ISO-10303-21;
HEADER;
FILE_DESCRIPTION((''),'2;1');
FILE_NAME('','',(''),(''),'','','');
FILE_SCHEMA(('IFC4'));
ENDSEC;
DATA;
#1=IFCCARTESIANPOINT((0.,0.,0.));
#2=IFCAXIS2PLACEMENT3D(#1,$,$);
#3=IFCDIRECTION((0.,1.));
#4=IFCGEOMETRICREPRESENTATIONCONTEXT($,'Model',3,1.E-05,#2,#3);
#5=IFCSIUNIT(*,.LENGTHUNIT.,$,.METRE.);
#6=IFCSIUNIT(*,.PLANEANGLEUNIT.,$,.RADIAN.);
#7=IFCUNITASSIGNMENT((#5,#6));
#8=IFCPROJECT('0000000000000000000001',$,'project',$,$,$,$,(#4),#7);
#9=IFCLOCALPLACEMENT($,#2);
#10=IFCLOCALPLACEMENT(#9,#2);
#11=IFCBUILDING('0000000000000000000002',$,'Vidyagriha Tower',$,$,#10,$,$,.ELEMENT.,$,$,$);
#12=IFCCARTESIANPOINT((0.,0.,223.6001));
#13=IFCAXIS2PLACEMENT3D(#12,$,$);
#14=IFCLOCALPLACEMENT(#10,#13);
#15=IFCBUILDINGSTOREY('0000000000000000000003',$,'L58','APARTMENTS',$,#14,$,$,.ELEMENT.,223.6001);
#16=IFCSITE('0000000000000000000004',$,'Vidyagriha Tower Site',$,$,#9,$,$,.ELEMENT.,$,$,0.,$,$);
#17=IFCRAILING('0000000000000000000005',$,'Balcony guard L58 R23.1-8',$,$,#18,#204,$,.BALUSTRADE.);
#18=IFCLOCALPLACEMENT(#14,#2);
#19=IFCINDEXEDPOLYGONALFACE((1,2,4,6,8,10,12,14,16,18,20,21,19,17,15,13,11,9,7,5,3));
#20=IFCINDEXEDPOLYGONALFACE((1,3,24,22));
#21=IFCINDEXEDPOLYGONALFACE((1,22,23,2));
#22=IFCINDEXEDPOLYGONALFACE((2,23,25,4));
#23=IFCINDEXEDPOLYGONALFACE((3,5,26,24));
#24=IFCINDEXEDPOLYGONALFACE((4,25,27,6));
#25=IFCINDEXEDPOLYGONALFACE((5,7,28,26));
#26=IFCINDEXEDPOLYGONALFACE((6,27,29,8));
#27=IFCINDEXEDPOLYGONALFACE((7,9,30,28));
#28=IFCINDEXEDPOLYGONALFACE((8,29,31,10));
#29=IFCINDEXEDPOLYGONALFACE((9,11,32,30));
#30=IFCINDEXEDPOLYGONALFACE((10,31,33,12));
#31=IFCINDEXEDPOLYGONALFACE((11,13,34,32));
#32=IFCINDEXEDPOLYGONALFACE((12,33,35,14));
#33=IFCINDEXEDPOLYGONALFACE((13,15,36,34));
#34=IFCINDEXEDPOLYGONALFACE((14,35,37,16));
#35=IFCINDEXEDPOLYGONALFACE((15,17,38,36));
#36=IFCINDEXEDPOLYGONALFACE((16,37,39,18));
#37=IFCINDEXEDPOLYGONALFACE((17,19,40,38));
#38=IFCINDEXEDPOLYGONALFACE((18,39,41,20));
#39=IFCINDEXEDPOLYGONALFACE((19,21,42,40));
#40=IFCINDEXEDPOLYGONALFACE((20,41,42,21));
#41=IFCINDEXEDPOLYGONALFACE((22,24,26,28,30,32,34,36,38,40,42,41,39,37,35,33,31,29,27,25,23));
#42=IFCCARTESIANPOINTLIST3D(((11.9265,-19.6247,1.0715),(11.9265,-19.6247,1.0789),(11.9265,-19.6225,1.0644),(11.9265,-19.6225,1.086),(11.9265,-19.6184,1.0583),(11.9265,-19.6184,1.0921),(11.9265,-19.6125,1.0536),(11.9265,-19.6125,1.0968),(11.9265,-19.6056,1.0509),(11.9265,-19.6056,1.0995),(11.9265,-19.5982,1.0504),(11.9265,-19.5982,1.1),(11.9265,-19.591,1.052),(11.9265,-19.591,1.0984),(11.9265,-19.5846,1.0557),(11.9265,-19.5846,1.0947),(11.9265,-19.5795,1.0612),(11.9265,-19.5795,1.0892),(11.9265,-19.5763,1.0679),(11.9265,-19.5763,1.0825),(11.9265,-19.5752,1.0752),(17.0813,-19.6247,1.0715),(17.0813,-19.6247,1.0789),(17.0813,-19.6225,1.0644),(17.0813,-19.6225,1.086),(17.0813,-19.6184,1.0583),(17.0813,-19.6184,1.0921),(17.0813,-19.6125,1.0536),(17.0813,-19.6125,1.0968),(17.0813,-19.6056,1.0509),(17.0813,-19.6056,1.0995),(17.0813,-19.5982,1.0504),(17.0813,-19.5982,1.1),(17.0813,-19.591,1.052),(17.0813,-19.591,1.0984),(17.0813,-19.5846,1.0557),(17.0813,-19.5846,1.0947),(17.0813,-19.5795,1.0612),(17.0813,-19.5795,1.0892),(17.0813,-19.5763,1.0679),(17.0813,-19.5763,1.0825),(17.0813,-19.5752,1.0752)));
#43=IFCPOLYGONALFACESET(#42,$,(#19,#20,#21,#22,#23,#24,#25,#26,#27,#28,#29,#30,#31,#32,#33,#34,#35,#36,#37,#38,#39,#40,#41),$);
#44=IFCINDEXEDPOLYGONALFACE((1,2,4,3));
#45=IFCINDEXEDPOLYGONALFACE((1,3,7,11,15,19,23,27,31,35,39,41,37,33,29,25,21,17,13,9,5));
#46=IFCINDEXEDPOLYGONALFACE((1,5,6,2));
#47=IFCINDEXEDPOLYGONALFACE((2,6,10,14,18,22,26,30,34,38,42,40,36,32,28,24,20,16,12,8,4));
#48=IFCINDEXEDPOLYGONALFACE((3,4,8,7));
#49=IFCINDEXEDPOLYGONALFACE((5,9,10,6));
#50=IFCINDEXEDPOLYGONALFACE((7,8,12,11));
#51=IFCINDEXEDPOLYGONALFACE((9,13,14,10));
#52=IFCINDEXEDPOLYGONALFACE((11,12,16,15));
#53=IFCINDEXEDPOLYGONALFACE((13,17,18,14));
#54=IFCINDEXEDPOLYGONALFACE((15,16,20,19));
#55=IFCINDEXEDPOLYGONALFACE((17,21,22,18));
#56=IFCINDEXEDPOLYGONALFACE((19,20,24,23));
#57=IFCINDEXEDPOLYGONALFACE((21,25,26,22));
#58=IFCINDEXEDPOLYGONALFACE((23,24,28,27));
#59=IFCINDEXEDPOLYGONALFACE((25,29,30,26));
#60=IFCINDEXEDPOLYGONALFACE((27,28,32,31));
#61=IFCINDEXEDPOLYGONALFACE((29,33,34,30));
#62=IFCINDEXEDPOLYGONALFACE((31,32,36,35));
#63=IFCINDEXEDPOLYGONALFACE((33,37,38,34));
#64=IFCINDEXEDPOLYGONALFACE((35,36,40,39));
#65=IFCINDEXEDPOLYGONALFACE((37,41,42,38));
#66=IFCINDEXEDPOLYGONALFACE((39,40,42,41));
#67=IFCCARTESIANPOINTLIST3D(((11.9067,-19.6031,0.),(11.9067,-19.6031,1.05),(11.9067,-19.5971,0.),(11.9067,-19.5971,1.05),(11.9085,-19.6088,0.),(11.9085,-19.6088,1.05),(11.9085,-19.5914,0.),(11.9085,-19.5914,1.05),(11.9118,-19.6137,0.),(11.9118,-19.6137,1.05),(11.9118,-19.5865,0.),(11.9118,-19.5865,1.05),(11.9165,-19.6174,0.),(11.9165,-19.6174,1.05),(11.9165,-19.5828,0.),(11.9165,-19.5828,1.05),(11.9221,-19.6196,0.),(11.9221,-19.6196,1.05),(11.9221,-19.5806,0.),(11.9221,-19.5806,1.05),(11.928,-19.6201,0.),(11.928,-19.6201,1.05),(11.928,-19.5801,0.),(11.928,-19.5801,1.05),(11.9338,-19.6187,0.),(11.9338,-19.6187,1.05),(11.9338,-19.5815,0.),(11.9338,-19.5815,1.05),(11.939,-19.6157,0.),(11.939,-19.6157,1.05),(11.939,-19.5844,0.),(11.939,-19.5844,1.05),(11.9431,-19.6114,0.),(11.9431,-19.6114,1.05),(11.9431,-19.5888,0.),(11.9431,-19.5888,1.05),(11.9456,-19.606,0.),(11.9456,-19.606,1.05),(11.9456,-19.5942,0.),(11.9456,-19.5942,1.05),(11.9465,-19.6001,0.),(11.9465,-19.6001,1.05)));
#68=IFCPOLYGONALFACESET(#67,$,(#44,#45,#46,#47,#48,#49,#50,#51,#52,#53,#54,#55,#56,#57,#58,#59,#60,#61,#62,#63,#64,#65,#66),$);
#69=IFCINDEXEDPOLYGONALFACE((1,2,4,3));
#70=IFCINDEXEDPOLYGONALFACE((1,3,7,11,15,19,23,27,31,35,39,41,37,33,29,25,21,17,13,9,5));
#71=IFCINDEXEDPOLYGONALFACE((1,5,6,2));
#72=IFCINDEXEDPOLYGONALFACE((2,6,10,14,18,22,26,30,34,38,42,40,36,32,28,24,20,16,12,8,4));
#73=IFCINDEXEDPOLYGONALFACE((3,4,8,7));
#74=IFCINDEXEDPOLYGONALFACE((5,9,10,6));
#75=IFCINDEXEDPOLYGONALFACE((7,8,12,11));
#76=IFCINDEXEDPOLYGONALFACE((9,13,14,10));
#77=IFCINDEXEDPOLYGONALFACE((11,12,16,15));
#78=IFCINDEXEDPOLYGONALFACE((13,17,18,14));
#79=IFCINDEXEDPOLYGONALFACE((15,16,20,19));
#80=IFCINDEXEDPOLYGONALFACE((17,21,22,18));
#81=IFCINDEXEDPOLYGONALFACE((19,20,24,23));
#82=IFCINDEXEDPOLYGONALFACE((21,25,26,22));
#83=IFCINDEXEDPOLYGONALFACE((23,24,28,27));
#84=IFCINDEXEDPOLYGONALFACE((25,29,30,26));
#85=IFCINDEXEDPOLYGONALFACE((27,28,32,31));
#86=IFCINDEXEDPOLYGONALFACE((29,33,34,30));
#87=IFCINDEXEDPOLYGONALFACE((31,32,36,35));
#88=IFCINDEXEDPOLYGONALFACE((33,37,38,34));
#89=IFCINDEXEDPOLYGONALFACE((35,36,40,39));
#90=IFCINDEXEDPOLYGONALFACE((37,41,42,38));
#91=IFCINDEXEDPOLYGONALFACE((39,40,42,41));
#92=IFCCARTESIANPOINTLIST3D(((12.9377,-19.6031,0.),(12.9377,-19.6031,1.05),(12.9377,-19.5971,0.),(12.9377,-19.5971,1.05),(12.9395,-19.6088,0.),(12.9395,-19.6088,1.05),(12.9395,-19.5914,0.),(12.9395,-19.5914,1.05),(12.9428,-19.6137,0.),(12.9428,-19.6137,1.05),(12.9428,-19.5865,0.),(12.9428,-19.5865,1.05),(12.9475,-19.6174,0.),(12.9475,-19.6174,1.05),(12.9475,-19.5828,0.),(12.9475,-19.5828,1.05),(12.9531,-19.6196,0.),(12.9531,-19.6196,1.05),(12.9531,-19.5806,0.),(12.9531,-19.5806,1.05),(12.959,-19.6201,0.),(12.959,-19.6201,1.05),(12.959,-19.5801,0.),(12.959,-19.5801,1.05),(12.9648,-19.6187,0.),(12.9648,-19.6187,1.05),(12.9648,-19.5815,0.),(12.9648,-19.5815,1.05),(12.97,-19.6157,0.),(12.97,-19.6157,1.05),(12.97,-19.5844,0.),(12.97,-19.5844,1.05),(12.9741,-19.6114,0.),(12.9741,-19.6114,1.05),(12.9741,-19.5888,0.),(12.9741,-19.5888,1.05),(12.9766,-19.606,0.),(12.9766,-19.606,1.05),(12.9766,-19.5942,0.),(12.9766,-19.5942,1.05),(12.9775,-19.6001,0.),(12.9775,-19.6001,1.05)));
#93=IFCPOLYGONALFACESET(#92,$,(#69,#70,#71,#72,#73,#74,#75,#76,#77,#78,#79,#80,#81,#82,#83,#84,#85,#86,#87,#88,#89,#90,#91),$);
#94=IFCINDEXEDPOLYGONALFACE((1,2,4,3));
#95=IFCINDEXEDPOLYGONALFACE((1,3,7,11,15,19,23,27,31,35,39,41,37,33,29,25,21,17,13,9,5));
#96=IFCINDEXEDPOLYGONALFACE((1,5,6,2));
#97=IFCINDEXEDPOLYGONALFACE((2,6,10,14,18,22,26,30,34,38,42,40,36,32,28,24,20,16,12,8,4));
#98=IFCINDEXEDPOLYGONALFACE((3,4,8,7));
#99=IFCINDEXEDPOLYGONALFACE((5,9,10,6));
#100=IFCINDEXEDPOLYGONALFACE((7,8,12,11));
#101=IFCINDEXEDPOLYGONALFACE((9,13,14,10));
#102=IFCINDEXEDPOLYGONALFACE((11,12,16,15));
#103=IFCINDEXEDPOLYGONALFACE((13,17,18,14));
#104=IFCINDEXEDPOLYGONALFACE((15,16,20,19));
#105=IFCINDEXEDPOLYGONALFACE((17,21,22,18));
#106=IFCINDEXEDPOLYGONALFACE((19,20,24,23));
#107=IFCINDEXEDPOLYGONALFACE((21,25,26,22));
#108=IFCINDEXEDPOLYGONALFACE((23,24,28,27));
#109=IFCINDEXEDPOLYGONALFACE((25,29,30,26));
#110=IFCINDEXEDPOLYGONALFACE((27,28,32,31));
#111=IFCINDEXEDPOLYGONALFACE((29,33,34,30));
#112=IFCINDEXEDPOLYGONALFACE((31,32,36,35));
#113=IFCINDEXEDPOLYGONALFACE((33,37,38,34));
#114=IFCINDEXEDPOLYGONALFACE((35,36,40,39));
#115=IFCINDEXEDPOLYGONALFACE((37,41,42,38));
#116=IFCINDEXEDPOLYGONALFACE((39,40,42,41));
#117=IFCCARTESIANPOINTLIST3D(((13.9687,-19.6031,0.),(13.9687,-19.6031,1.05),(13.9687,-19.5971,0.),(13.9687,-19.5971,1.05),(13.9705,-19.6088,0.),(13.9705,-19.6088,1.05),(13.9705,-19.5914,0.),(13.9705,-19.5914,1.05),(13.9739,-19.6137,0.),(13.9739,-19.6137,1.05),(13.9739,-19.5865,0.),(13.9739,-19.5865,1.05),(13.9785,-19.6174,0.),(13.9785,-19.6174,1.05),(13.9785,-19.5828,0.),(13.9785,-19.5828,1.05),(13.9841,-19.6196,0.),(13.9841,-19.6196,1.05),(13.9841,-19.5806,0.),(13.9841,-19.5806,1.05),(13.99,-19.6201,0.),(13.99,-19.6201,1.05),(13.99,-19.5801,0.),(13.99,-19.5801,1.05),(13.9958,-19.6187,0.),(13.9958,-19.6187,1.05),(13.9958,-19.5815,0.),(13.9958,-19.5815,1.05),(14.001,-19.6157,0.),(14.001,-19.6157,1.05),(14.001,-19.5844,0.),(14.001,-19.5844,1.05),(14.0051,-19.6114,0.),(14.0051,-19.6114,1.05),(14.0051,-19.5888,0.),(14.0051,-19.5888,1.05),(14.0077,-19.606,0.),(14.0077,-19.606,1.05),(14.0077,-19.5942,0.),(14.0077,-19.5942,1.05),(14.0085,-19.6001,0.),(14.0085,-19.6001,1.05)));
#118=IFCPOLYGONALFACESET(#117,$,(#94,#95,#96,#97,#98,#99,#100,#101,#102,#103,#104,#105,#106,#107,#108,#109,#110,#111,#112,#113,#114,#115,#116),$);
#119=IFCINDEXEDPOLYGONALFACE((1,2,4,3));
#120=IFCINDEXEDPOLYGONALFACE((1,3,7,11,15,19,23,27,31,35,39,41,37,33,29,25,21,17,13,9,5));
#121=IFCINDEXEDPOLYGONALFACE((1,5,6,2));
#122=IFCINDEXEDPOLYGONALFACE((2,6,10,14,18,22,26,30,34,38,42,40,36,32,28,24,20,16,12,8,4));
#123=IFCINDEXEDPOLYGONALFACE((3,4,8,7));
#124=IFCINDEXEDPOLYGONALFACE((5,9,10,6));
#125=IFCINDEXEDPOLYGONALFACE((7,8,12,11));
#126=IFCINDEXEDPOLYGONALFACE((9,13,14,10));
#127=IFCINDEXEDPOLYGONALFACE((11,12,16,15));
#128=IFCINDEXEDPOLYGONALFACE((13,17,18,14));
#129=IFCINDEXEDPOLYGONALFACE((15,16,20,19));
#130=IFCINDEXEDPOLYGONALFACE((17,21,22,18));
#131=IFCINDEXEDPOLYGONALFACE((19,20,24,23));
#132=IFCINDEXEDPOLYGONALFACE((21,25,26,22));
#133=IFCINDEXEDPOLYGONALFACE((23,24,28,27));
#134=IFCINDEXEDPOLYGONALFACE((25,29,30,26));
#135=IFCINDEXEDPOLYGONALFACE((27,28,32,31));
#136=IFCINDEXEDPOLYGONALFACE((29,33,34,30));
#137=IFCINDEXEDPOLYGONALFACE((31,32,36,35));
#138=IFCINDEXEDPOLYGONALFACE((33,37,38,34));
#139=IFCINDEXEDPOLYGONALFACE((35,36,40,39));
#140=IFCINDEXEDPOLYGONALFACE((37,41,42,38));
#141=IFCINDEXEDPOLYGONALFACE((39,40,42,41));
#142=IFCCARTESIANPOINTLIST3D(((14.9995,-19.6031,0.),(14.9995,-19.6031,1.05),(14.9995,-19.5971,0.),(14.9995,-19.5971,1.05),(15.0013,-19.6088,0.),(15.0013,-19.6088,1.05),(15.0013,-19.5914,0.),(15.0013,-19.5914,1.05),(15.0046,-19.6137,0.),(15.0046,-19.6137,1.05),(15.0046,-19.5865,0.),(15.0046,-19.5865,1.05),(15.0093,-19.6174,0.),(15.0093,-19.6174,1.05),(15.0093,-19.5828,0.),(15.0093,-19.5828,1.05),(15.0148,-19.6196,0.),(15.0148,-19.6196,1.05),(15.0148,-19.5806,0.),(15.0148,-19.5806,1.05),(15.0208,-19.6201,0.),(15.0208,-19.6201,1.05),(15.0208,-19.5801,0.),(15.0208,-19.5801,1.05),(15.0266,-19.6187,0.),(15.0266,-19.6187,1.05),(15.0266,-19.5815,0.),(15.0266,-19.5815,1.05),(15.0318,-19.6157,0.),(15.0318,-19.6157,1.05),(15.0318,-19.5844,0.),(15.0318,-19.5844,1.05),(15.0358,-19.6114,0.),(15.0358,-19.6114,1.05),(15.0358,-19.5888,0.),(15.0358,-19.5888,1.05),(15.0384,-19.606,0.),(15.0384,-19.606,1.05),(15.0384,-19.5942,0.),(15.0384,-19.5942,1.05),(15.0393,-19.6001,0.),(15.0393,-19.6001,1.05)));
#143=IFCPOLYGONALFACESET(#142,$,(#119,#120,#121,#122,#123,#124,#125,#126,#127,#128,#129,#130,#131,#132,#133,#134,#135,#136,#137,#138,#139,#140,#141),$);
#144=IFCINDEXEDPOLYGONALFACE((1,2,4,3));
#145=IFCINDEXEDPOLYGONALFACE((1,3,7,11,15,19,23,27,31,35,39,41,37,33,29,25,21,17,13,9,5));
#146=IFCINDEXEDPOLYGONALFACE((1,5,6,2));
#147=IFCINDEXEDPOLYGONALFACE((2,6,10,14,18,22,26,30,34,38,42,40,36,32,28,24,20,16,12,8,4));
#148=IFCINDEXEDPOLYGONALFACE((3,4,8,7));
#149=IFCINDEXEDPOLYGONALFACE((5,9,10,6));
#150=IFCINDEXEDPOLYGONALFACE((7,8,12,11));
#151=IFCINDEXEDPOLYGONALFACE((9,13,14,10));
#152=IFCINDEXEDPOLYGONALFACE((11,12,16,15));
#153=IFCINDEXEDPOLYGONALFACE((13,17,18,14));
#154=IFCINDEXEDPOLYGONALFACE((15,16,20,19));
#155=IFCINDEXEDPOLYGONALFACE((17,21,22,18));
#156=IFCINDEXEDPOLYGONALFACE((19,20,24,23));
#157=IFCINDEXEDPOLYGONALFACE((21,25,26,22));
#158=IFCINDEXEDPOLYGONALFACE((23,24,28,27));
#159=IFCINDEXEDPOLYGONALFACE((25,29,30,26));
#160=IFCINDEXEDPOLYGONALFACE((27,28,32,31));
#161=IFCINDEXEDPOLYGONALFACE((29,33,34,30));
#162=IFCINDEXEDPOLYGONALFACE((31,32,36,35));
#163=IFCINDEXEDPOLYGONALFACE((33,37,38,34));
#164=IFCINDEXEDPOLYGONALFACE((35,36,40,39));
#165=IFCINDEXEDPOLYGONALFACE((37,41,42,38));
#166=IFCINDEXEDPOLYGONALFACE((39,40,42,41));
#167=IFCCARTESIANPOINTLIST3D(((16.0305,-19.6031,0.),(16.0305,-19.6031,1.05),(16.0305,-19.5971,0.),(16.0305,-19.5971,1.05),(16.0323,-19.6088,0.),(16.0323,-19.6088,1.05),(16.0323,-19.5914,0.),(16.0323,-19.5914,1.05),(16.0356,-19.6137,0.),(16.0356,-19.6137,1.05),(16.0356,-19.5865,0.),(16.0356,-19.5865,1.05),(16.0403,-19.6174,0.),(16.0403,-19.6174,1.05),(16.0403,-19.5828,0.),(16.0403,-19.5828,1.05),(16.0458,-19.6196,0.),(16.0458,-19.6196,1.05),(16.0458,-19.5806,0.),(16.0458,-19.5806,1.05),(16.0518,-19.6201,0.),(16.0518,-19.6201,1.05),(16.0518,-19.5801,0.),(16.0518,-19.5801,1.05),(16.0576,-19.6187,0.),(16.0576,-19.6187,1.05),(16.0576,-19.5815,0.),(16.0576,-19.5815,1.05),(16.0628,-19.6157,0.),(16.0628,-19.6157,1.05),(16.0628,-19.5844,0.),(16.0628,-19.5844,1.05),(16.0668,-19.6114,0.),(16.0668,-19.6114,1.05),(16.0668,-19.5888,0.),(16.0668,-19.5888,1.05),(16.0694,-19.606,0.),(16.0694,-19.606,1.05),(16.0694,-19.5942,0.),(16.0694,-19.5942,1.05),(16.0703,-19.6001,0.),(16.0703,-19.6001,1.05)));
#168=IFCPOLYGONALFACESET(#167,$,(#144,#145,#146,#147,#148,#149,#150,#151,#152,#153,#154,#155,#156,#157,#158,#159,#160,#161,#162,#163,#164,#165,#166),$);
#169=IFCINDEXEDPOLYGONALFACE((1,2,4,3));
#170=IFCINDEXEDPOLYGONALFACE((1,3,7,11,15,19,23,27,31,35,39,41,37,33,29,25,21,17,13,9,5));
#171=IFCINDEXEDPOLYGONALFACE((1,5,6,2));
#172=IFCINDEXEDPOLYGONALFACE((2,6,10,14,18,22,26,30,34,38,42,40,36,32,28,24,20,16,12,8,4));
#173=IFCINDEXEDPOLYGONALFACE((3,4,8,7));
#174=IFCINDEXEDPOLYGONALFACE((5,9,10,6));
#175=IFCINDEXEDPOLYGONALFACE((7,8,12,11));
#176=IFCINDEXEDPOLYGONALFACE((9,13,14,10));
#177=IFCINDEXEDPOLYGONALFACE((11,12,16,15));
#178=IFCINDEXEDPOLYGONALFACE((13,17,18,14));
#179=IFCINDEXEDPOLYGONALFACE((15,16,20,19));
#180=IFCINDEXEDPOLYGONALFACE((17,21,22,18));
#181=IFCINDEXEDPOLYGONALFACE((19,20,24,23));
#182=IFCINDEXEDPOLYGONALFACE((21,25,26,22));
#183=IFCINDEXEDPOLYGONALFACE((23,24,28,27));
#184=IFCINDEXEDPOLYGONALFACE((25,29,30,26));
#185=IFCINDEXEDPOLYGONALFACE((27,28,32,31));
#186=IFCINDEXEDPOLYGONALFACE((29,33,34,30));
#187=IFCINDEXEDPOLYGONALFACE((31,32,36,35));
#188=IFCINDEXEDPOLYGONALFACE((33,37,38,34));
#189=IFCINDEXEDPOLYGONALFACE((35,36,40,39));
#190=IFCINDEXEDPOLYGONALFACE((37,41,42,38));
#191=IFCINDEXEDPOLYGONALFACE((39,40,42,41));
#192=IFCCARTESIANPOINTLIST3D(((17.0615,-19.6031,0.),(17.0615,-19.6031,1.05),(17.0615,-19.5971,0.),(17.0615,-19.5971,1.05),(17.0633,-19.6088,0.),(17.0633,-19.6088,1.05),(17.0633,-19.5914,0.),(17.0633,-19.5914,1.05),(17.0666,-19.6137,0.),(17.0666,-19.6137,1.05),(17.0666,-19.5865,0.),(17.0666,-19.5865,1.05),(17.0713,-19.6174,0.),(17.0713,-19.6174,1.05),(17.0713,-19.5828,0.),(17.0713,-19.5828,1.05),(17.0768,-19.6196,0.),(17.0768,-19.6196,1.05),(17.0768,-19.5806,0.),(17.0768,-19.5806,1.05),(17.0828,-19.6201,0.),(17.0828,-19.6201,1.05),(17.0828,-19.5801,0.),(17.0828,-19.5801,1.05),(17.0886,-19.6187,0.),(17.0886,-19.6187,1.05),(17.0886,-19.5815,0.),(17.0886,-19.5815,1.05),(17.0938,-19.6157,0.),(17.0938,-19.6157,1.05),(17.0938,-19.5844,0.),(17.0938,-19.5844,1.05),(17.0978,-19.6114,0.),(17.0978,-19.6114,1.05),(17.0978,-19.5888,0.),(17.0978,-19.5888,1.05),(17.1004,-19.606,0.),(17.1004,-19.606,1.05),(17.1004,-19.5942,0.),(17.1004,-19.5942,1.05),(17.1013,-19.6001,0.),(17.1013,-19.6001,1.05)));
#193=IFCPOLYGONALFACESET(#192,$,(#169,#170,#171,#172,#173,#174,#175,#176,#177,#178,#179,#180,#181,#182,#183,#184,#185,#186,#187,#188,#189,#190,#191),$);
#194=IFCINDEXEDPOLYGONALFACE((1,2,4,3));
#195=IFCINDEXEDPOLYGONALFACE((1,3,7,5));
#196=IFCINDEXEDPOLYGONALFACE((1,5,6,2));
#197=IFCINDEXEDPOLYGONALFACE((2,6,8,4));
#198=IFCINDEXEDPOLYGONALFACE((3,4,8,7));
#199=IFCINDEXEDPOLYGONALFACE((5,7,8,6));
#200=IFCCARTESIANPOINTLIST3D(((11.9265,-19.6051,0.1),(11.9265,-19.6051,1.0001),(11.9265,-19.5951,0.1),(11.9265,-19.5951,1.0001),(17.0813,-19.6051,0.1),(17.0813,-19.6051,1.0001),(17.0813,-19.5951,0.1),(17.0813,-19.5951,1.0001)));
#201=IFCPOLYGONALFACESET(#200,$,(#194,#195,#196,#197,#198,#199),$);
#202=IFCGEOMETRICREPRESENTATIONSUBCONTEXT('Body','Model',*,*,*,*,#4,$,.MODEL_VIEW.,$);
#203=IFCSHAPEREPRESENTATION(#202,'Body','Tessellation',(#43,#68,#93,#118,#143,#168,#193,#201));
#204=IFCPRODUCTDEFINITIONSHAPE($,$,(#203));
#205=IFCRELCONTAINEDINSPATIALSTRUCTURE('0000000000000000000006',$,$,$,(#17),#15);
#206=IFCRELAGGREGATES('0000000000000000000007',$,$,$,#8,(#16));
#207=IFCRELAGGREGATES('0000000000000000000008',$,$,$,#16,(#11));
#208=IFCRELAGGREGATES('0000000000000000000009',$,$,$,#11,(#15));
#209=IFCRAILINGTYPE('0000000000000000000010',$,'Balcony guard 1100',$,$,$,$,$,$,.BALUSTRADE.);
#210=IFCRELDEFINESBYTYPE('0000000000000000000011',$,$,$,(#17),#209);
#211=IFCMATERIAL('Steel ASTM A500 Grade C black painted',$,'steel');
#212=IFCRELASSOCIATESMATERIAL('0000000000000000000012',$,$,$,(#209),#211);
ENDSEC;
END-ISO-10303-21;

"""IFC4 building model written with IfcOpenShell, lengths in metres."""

from ifc_helpers import new_model, si_unit, direction, frame, origin, origin_2d, place, context, subcontext, project, spatial, rectangle, circle, extrude, material, type_object, element, save


model = new_model("IFC4")

# Units and contexts
model_context = context("Model", 3, precision=1e-05, world=origin(), true_north=direction((0.0, 1.0)))
body_context = subcontext(model_context, "Body", "Model", "MODEL_VIEW")
ifc_project = project(units=[si_unit("LENGTHUNIT", "METRE"), si_unit("PLANEANGLEUNIT", "RADIAN")], contexts=[model_context])

# Site, building, storey
site_placement = place(None, origin())
site = spatial("IfcSite", under=ifc_project, at=site_placement, Name="Vidyagriha Tower Site", CompositionType="ELEMENT", RefElevation=0.0)
building_placement = place(site_placement, origin())
building = spatial("IfcBuilding", under=site, at=building_placement, Name="Vidyagriha Tower", CompositionType="ELEMENT")
storey_placement = place(building_placement, frame((0.0, 0.0, 223.6001)))
storey = spatial("IfcBuildingStorey", under=building, at=storey_placement, Name="L58", Description="APARTMENTS", CompositionType="ELEMENT", Elevation=223.6001)

# Railing
ifc_material_1 = material(Name="Steel ASTM A500 Grade C black painted", Category="steel")
railing_type = type_object("IfcRailingType", Name="Balcony guard 1100", PredefinedType="BALUSTRADE", material=ifc_material_1)
railing_1_placement = place(storey_placement, frame((11.9265, -19.6001, 0.0)))
element("IfcRailing", 1, at=railing_1_placement, inside=storey, type_object=railing_type, Name="Balcony guard L58 R23.1-8", PredefinedType="BALUSTRADE", context=body_context, shape_type="SweptSolid", body=[
    extrude(circle(Radius=0.0249, at=origin_2d()), frame((0.0, 0.0, 1.0752), z_axis=(1.0, 0.0, 0.0), x_axis=(0.0, 1.0, 0.0)), (0.0, 0.0, 1.0), 5.1548),
    extrude(circle(Radius=0.02, at=origin_2d()), origin(), (0.0, 0.0, 1.0), 1.05),
    extrude(circle(Radius=0.02, at=origin_2d()), frame((1.031, 0.0, 0.0)), (0.0, 0.0, 1.0), 1.05),
    extrude(circle(Radius=0.02, at=origin_2d()), frame((2.062, 0.0, 0.0)), (0.0, 0.0, 1.0), 1.05),
    extrude(circle(Radius=0.02, at=origin_2d()), frame((3.0928, 0.0, 0.0)), (0.0, 0.0, 1.0), 1.05),
    extrude(circle(Radius=0.02, at=origin_2d()), frame((4.1238, 0.0, 0.0)), (0.0, 0.0, 1.0), 1.05),
    extrude(circle(Radius=0.02, at=origin_2d()), frame((5.1548, 0.0, 0.0)), (0.0, 0.0, 1.0), 1.05),
    extrude(rectangle(XDim=0.01, YDim=0.9001, at=origin_2d()), frame((0.0, 0.0, 0.55), z_axis=(1.0, 0.0, 0.0), x_axis=(0.0, 1.0, 0.0)), (0.0, 0.0, 1.0), 5.1548),
])

save(model, "model.ifc")
